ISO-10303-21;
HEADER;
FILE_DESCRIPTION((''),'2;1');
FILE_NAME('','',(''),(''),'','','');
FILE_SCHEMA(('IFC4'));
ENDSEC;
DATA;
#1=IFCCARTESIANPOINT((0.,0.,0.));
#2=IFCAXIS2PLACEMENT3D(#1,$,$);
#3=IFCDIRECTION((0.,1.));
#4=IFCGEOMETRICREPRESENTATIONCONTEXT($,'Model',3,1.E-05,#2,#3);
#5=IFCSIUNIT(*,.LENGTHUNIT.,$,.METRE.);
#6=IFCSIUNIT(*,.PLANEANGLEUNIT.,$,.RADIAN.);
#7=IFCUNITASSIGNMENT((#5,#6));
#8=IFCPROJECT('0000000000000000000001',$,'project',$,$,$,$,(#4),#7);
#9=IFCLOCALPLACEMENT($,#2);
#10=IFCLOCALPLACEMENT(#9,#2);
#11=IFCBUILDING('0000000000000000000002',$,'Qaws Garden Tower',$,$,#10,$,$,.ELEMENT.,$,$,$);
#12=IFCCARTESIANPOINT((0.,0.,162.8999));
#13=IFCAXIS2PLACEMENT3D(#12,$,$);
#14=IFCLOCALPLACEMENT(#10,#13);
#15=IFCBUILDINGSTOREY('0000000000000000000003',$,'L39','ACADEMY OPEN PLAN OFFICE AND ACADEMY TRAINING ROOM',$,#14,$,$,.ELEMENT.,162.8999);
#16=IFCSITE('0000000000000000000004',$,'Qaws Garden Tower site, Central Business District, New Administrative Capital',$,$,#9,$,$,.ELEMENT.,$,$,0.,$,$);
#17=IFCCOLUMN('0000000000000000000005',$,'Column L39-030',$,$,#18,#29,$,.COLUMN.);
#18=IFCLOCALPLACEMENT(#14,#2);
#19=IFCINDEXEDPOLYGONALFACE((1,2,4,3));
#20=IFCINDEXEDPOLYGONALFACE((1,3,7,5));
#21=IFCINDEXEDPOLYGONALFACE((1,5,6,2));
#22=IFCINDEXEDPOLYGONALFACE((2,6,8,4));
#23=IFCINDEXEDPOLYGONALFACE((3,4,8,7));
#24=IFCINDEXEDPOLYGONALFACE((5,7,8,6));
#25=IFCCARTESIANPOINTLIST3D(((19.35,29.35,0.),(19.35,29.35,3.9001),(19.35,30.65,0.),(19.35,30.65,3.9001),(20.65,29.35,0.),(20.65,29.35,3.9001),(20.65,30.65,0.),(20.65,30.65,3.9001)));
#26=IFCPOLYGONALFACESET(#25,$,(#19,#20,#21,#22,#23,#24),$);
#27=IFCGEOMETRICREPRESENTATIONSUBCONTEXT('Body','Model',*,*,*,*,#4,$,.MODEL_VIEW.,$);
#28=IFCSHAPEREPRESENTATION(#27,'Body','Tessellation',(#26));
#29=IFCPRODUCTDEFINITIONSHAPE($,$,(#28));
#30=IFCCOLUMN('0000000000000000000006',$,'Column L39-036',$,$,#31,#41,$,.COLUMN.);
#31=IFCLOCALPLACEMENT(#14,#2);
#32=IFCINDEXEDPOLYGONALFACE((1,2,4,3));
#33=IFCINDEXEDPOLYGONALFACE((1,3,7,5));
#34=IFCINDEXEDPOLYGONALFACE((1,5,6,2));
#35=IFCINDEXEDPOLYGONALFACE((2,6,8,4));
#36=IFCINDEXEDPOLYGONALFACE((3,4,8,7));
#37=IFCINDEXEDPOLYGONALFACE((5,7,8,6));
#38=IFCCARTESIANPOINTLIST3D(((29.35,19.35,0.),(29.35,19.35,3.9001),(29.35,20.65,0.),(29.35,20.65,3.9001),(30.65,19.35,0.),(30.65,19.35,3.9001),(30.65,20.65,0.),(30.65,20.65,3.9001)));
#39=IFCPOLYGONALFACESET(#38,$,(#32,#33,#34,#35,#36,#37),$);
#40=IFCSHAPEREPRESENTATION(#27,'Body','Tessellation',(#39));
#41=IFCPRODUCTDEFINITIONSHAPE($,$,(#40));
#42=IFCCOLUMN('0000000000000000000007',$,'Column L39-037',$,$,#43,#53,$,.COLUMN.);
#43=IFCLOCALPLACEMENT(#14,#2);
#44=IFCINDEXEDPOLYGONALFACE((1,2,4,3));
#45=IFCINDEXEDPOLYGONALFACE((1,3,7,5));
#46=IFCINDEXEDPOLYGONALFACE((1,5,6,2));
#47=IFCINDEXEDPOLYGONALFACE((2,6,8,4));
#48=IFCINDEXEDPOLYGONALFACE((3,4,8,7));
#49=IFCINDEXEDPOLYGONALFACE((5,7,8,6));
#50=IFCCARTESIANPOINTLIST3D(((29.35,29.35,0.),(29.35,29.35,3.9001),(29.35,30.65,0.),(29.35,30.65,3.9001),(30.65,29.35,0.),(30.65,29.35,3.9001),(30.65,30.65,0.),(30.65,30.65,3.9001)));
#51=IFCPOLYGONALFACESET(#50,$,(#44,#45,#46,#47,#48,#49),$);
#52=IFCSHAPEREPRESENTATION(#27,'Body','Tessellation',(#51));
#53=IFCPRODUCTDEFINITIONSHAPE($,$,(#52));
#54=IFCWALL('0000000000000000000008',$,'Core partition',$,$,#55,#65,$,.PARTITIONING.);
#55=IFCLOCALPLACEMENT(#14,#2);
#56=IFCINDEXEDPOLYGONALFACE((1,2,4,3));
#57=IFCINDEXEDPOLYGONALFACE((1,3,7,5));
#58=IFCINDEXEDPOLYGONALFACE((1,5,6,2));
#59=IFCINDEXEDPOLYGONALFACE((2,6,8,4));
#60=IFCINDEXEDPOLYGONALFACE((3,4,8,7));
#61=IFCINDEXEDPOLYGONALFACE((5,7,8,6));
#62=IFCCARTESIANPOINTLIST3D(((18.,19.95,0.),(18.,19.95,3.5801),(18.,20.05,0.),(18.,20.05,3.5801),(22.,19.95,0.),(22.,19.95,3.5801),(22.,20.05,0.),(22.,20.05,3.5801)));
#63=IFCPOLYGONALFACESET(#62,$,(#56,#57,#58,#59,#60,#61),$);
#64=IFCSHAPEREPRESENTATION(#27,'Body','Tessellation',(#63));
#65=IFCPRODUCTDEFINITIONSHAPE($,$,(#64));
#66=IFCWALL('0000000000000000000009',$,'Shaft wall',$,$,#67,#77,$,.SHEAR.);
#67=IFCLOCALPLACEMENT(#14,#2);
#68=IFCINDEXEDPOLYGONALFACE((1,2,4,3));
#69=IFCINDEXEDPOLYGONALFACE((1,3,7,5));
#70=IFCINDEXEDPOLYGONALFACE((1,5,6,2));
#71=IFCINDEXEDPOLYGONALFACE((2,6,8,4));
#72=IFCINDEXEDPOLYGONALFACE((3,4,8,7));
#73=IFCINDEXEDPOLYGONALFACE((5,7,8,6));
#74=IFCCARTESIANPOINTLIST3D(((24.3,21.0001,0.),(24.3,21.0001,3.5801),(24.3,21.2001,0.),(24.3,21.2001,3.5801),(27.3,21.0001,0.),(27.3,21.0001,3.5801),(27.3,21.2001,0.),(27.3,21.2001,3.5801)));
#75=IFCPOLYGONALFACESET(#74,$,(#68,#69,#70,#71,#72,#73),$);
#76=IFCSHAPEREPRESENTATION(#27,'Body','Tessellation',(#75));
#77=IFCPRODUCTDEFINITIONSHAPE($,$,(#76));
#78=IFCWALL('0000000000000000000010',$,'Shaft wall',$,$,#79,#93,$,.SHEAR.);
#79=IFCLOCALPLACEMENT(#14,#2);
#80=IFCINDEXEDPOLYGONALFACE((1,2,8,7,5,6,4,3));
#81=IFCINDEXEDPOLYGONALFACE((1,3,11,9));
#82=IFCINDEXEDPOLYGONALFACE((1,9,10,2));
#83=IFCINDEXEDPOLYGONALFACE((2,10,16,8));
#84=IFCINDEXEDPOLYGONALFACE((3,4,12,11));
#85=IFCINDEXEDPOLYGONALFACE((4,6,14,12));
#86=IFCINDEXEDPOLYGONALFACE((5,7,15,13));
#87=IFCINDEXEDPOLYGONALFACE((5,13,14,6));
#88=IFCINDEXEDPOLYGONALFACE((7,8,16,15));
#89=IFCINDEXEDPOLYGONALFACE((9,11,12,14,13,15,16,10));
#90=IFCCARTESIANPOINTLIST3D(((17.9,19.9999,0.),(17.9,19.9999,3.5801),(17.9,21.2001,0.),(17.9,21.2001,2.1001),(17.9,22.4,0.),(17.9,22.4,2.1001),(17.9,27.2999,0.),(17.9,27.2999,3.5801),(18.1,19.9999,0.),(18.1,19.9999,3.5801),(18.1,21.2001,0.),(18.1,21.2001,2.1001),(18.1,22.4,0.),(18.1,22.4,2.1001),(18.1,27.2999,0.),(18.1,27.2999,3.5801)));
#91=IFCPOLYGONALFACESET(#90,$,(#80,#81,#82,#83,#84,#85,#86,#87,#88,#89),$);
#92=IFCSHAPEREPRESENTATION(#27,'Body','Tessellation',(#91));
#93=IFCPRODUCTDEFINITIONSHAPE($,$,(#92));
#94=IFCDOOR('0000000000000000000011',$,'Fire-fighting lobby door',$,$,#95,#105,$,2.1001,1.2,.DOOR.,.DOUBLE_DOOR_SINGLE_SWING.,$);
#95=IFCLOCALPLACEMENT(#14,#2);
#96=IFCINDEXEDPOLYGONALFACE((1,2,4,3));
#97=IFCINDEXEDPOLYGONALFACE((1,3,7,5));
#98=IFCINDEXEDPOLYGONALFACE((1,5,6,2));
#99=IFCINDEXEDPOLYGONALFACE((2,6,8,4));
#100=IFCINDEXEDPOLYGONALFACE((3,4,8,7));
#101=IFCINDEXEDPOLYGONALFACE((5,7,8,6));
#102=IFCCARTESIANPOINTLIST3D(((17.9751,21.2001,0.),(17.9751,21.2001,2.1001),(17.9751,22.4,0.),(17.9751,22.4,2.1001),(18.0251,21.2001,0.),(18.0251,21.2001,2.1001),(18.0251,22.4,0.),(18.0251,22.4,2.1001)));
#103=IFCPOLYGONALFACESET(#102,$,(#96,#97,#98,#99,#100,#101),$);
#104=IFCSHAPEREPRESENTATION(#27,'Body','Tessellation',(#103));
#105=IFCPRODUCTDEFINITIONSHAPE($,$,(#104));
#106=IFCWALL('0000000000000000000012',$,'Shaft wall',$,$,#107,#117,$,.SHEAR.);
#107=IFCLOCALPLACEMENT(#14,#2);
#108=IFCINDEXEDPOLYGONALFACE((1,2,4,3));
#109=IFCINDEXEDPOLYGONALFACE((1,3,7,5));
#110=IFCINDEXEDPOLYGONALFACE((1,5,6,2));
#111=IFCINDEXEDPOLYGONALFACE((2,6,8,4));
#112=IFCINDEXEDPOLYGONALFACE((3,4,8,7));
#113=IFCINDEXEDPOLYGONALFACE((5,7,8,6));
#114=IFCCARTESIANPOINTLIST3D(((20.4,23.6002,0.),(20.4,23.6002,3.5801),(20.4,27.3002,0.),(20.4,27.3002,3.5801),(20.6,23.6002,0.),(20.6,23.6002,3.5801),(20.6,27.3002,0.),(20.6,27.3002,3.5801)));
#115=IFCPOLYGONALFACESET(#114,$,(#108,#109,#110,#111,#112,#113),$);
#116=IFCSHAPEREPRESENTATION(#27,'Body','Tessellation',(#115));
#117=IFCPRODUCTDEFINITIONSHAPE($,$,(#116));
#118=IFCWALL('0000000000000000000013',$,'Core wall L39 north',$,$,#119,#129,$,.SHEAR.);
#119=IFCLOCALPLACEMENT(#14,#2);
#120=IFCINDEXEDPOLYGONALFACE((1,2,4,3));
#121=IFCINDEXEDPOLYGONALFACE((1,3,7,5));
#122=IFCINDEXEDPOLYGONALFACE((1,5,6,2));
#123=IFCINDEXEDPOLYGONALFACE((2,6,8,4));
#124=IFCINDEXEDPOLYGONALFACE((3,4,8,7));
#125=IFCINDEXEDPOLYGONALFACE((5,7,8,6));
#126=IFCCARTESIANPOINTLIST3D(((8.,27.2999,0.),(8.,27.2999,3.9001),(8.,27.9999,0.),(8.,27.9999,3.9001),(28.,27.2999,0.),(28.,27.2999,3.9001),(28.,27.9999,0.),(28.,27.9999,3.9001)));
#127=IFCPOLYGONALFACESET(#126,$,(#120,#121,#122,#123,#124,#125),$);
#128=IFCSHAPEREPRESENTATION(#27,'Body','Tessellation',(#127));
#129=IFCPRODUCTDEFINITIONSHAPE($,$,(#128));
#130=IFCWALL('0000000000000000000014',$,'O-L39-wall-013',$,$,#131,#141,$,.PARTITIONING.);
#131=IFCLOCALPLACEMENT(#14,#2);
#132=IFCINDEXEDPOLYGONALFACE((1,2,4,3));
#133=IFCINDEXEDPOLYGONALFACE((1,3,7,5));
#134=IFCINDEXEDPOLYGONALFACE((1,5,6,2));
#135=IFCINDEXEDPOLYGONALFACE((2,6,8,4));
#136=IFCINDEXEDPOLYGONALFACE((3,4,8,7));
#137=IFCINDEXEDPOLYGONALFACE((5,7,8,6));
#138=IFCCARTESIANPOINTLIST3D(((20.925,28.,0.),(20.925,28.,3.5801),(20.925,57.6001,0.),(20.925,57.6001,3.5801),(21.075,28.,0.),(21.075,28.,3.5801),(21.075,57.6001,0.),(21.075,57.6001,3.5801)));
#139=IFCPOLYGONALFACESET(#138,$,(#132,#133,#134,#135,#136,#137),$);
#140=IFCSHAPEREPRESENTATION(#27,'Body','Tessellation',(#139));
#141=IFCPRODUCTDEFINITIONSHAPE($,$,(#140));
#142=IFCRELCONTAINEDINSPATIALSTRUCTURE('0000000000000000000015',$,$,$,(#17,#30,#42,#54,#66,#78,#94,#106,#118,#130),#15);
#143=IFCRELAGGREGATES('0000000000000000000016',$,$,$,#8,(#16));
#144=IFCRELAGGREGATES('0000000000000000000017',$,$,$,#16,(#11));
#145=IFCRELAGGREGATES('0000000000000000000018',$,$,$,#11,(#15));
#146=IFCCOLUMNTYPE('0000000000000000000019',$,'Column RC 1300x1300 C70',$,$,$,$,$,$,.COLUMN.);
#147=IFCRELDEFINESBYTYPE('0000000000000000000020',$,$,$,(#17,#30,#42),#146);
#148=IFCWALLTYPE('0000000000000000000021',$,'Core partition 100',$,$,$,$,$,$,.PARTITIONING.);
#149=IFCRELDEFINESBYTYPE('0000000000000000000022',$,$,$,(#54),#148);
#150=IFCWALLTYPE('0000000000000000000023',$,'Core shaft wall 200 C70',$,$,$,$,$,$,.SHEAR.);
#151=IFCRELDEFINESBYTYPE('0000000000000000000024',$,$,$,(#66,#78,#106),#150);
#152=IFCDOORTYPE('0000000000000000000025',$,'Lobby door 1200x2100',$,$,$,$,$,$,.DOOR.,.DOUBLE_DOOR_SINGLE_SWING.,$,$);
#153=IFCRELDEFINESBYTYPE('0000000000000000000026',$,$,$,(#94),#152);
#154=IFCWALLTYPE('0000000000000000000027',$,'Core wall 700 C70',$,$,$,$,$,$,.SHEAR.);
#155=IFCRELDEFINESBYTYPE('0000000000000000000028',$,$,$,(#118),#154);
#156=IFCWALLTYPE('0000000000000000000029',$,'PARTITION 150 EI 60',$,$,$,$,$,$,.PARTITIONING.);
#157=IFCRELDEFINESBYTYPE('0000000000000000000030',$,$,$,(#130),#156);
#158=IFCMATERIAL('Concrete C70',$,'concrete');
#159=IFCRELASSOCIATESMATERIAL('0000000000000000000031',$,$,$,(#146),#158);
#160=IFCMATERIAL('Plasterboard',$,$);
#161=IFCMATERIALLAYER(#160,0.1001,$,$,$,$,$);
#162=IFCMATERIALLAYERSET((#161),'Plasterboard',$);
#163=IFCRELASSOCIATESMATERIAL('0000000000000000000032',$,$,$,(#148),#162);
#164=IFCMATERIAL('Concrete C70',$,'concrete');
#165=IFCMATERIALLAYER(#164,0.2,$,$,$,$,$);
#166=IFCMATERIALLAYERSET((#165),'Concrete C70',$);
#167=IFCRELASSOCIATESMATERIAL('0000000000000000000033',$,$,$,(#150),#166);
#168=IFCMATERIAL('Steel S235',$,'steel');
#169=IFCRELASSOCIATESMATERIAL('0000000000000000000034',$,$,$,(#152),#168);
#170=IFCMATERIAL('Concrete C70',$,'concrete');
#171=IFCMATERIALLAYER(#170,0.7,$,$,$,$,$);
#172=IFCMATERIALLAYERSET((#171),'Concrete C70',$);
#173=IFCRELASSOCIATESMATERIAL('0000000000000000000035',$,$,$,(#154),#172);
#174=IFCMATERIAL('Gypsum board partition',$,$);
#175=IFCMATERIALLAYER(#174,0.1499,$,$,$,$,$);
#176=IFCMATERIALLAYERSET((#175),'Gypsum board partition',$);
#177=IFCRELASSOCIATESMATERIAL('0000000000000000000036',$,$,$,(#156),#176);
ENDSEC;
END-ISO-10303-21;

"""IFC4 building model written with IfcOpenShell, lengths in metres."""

from ifc_helpers import new_model, si_unit, direction, frame, frame_2d, origin, origin_2d, place, context, subcontext, project, spatial, rectangle, extrude, material, layer, layer_set, material_profile, profile_set, type_object, element, fill, save


model = new_model("IFC4")

# Units and contexts
model_context = context("Model", 3, precision=1e-05, world=origin(), true_north=direction((0.0, 1.0)))
body_context = subcontext(model_context, "Body", "Model", "MODEL_VIEW")
ifc_project = project(units=[si_unit("LENGTHUNIT", "METRE"), si_unit("PLANEANGLEUNIT", "RADIAN")], contexts=[model_context])

# Site, building, storey
site_placement = place(None, origin())
site = spatial("IfcSite", under=ifc_project, at=site_placement, Name="Qaws Garden Tower site, Central Business District, New Administrative Capital", CompositionType="ELEMENT", RefElevation=0.0)
building_placement = place(site_placement, origin())
building = spatial("IfcBuilding", under=site, at=building_placement, Name="Qaws Garden Tower", CompositionType="ELEMENT")
storey_placement = place(building_placement, frame((0.0, 0.0, 162.8999)))
storey = spatial("IfcBuildingStorey", under=building, at=storey_placement, Name="L39", Description="ACADEMY OPEN PLAN OFFICE AND ACADEMY TRAINING ROOM", CompositionType="ELEMENT", Elevation=162.8999)

# Columns
ifc_material_1 = material(Name="Concrete C70", Category="concrete")
ifc_material_profile = material_profile(ifc_material_1, rectangle(XDim=1.3, YDim=1.3, at=origin_2d()), Name="RC 1300x1300")
ifc_profile_set = profile_set([ifc_material_profile], Name="Concrete C70")
column_type = type_object("IfcColumnType", Name="Column RC 1300x1300 C70", PredefinedType="COLUMN", material=ifc_profile_set)
for number, where, z_axis, x_axis, name in (
    (1, (20.0, 30.0, 0.0), (0.0, 0.0, 1.0), (1.0, 0.0, 0.0), "Column L39-030"),
    (2, (30.0, 20.0, 0.0), (0.0, 0.0, 1.0), (1.0, 0.0, 0.0), "Column L39-036"),
    (3, (30.0, 30.0, 0.0), (0.0, 0.0, 1.0), (1.0, 0.0, 0.0), "Column L39-037"),
):
    element("IfcColumn", number, at=place(storey_placement, frame(where, z_axis=z_axis, x_axis=x_axis)), inside=storey, type_object=column_type, Name=name, PredefinedType="COLUMN", context=body_context, shape_type="SweptSolid", body=[
        extrude(rectangle(XDim=1.3, YDim=1.3, at=origin_2d()), origin(), (0.0, 0.0, 1.0), 3.9001),
    ])

# Walls
ifc_material_2 = material(Name="Plasterboard")
ifc_layer_1 = layer(ifc_material_2, 0.1001)
ifc_layer_set_1 = layer_set([ifc_layer_1], Name="Plasterboard")
wall_type_1 = type_object("IfcWallType", Name="Core partition 100", PredefinedType="PARTITIONING", material=ifc_layer_set_1)
wall_1_placement = place(storey_placement, frame((18.0, 20.0, 0.0), z_axis=(0.0, 0.0, 1.0), x_axis=(1.0, 0.0, 0.0)))
element("IfcWall", 4, at=wall_1_placement, inside=storey, type_object=wall_type_1, Name="Core partition", PredefinedType="PARTITIONING", context=body_context, shape_type="SweptSolid", body=[
    extrude(rectangle(XDim=4.0, YDim=0.1001, at=frame_2d((2.0, 0.0))), origin(), (0.0, 0.0, 1.0), 3.5801),
])
ifc_material_3 = material(Name="Concrete C70", Category="concrete")
ifc_layer_2 = layer(ifc_material_3, 0.2)
ifc_layer_set_2 = layer_set([ifc_layer_2], Name="Concrete C70")
wall_type_2 = type_object("IfcWallType", Name="Core shaft wall 200 C70", PredefinedType="SHEAR", material=ifc_layer_set_2)
wall_2_placement = place(storey_placement, frame((24.3, 21.1001, 0.0), z_axis=(0.0, 0.0, 1.0), x_axis=(1.0, 0.0, 0.0)))
element("IfcWall", 5, at=wall_2_placement, inside=storey, type_object=wall_type_2, Name="Shaft wall", PredefinedType="SHEAR", context=body_context, shape_type="SweptSolid", body=[
    extrude(rectangle(XDim=3.0, YDim=0.2, at=frame_2d((1.5, 0.0))), origin(), (0.0, 0.0, 1.0), 3.5801),
])

# Wall, opening, door
wall_3_placement = place(storey_placement, frame((18.0, 20.0, 0.0), z_axis=(0.0, 0.0, 1.0), x_axis=(0.0, 1.0, 0.0)))
wall_3 = element("IfcWall", 6, at=wall_3_placement, inside=storey, type_object=wall_type_2, Name="Shaft wall", PredefinedType="SHEAR", context=body_context, shape_type="SweptSolid", body=[
    extrude(rectangle(XDim=7.3, YDim=0.2, at=frame_2d((3.6499, 0.0))), origin(), (0.0, 0.0, 1.0), 3.5801),
])
opening_1_placement = place(wall_3_placement, frame((1.2, 0.0, 0.0)))
opening_1 = element("IfcOpeningElement", 7, at=opening_1_placement, cuts=wall_3, PredefinedType="OPENING", context=body_context, shape_type="SweptSolid", body=[
    extrude(rectangle(XDim=1.2, YDim=2.1001, at=frame_2d((0.6001, 1.05))), frame((0.0, 0.1099, 0.0), z_axis=(0.0, -1.0, 0.0), x_axis=(1.0, 0.0, 0.0)), (0.0, 0.0, 1.0), 0.22),
])
ifc_material_4 = material(Name="Steel S235", Category="steel")
door_type_1 = type_object("IfcDoorType", Name="Lobby door 1200x2100", OperationType="DOUBLE_DOOR_SINGLE_SWING", PredefinedType="DOOR", material=ifc_material_4)
door_1_placement = place(opening_1_placement, origin())
door_1 = element("IfcDoor", 8, at=door_1_placement, inside=storey, type_object=door_type_1, Name="Fire-fighting lobby door", OperationType="DOUBLE_DOOR_SINGLE_SWING", OverallHeight=2.1001, OverallWidth=1.2, PredefinedType="DOOR", context=body_context, shape_type="SweptSolid", body=[
    extrude(rectangle(XDim=1.2, YDim=2.1001, at=frame_2d((0.6001, 1.05))), frame((0.0, 0.0249, 0.0), z_axis=(0.0, -1.0, 0.0), x_axis=(1.0, 0.0, 0.0)), (0.0, 0.0, 1.0), 0.05),
])
fill(opening_1, door_1)

# Walls
wall_4_placement = place(storey_placement, frame((20.5, 23.6001, 0.0), z_axis=(0.0, 0.0, 1.0), x_axis=(0.0, 1.0, 0.0)))
element("IfcWall", 9, at=wall_4_placement, inside=storey, type_object=wall_type_2, Name="Shaft wall", PredefinedType="SHEAR", context=body_context, shape_type="SweptSolid", body=[
    extrude(rectangle(XDim=3.7, YDim=0.2, at=frame_2d((1.8501, 0.0))), origin(), (0.0, 0.0, 1.0), 3.5801),
])
ifc_material_5 = material(Name="Concrete C70", Category="concrete")
ifc_layer_3 = layer(ifc_material_5, 0.7)
ifc_layer_set_3 = layer_set([ifc_layer_3], Name="Concrete C70")
wall_type_3 = type_object("IfcWallType", Name="Core wall 700 C70", PredefinedType="SHEAR", material=ifc_layer_set_3)
wall_5_placement = place(storey_placement, frame((28.0, 27.6499, 0.0), z_axis=(0.0, 0.0, 1.0), x_axis=(-1.0, 0.0, 0.0)))
element("IfcWall", 10, at=wall_5_placement, inside=storey, type_object=wall_type_3, Name="Core wall L39 north", PredefinedType="SHEAR", context=body_context, shape_type="SweptSolid", body=[
    extrude(rectangle(XDim=20.0, YDim=0.7, at=frame_2d((10.0, 0.0))), origin(), (0.0, 0.0, 1.0), 3.9001),
])
ifc_material_6 = material(Name="Gypsum board partition")
ifc_layer_4 = layer(ifc_material_6, 0.1499)
ifc_layer_set_4 = layer_set([ifc_layer_4], Name="Gypsum board partition")
wall_type_4 = type_object("IfcWallType", Name="PARTITION 150 EI 60", PredefinedType="PARTITIONING", material=ifc_layer_set_4)
wall_6_placement = place(storey_placement, frame((21.0, 28.0, 0.0), z_axis=(0.0, 0.0, 1.0), x_axis=(0.0, 1.0, 0.0)))
element("IfcWall", 11, at=wall_6_placement, inside=storey, type_object=wall_type_4, Name="O-L39-wall-013", PredefinedType="PARTITIONING", context=body_context, shape_type="SweptSolid", body=[
    extrude(rectangle(XDim=29.6001, YDim=0.1499, at=frame_2d((14.8, 0.0))), origin(), (0.0, 0.0, 1.0), 3.5801),
])

save(model, "model.ifc")
